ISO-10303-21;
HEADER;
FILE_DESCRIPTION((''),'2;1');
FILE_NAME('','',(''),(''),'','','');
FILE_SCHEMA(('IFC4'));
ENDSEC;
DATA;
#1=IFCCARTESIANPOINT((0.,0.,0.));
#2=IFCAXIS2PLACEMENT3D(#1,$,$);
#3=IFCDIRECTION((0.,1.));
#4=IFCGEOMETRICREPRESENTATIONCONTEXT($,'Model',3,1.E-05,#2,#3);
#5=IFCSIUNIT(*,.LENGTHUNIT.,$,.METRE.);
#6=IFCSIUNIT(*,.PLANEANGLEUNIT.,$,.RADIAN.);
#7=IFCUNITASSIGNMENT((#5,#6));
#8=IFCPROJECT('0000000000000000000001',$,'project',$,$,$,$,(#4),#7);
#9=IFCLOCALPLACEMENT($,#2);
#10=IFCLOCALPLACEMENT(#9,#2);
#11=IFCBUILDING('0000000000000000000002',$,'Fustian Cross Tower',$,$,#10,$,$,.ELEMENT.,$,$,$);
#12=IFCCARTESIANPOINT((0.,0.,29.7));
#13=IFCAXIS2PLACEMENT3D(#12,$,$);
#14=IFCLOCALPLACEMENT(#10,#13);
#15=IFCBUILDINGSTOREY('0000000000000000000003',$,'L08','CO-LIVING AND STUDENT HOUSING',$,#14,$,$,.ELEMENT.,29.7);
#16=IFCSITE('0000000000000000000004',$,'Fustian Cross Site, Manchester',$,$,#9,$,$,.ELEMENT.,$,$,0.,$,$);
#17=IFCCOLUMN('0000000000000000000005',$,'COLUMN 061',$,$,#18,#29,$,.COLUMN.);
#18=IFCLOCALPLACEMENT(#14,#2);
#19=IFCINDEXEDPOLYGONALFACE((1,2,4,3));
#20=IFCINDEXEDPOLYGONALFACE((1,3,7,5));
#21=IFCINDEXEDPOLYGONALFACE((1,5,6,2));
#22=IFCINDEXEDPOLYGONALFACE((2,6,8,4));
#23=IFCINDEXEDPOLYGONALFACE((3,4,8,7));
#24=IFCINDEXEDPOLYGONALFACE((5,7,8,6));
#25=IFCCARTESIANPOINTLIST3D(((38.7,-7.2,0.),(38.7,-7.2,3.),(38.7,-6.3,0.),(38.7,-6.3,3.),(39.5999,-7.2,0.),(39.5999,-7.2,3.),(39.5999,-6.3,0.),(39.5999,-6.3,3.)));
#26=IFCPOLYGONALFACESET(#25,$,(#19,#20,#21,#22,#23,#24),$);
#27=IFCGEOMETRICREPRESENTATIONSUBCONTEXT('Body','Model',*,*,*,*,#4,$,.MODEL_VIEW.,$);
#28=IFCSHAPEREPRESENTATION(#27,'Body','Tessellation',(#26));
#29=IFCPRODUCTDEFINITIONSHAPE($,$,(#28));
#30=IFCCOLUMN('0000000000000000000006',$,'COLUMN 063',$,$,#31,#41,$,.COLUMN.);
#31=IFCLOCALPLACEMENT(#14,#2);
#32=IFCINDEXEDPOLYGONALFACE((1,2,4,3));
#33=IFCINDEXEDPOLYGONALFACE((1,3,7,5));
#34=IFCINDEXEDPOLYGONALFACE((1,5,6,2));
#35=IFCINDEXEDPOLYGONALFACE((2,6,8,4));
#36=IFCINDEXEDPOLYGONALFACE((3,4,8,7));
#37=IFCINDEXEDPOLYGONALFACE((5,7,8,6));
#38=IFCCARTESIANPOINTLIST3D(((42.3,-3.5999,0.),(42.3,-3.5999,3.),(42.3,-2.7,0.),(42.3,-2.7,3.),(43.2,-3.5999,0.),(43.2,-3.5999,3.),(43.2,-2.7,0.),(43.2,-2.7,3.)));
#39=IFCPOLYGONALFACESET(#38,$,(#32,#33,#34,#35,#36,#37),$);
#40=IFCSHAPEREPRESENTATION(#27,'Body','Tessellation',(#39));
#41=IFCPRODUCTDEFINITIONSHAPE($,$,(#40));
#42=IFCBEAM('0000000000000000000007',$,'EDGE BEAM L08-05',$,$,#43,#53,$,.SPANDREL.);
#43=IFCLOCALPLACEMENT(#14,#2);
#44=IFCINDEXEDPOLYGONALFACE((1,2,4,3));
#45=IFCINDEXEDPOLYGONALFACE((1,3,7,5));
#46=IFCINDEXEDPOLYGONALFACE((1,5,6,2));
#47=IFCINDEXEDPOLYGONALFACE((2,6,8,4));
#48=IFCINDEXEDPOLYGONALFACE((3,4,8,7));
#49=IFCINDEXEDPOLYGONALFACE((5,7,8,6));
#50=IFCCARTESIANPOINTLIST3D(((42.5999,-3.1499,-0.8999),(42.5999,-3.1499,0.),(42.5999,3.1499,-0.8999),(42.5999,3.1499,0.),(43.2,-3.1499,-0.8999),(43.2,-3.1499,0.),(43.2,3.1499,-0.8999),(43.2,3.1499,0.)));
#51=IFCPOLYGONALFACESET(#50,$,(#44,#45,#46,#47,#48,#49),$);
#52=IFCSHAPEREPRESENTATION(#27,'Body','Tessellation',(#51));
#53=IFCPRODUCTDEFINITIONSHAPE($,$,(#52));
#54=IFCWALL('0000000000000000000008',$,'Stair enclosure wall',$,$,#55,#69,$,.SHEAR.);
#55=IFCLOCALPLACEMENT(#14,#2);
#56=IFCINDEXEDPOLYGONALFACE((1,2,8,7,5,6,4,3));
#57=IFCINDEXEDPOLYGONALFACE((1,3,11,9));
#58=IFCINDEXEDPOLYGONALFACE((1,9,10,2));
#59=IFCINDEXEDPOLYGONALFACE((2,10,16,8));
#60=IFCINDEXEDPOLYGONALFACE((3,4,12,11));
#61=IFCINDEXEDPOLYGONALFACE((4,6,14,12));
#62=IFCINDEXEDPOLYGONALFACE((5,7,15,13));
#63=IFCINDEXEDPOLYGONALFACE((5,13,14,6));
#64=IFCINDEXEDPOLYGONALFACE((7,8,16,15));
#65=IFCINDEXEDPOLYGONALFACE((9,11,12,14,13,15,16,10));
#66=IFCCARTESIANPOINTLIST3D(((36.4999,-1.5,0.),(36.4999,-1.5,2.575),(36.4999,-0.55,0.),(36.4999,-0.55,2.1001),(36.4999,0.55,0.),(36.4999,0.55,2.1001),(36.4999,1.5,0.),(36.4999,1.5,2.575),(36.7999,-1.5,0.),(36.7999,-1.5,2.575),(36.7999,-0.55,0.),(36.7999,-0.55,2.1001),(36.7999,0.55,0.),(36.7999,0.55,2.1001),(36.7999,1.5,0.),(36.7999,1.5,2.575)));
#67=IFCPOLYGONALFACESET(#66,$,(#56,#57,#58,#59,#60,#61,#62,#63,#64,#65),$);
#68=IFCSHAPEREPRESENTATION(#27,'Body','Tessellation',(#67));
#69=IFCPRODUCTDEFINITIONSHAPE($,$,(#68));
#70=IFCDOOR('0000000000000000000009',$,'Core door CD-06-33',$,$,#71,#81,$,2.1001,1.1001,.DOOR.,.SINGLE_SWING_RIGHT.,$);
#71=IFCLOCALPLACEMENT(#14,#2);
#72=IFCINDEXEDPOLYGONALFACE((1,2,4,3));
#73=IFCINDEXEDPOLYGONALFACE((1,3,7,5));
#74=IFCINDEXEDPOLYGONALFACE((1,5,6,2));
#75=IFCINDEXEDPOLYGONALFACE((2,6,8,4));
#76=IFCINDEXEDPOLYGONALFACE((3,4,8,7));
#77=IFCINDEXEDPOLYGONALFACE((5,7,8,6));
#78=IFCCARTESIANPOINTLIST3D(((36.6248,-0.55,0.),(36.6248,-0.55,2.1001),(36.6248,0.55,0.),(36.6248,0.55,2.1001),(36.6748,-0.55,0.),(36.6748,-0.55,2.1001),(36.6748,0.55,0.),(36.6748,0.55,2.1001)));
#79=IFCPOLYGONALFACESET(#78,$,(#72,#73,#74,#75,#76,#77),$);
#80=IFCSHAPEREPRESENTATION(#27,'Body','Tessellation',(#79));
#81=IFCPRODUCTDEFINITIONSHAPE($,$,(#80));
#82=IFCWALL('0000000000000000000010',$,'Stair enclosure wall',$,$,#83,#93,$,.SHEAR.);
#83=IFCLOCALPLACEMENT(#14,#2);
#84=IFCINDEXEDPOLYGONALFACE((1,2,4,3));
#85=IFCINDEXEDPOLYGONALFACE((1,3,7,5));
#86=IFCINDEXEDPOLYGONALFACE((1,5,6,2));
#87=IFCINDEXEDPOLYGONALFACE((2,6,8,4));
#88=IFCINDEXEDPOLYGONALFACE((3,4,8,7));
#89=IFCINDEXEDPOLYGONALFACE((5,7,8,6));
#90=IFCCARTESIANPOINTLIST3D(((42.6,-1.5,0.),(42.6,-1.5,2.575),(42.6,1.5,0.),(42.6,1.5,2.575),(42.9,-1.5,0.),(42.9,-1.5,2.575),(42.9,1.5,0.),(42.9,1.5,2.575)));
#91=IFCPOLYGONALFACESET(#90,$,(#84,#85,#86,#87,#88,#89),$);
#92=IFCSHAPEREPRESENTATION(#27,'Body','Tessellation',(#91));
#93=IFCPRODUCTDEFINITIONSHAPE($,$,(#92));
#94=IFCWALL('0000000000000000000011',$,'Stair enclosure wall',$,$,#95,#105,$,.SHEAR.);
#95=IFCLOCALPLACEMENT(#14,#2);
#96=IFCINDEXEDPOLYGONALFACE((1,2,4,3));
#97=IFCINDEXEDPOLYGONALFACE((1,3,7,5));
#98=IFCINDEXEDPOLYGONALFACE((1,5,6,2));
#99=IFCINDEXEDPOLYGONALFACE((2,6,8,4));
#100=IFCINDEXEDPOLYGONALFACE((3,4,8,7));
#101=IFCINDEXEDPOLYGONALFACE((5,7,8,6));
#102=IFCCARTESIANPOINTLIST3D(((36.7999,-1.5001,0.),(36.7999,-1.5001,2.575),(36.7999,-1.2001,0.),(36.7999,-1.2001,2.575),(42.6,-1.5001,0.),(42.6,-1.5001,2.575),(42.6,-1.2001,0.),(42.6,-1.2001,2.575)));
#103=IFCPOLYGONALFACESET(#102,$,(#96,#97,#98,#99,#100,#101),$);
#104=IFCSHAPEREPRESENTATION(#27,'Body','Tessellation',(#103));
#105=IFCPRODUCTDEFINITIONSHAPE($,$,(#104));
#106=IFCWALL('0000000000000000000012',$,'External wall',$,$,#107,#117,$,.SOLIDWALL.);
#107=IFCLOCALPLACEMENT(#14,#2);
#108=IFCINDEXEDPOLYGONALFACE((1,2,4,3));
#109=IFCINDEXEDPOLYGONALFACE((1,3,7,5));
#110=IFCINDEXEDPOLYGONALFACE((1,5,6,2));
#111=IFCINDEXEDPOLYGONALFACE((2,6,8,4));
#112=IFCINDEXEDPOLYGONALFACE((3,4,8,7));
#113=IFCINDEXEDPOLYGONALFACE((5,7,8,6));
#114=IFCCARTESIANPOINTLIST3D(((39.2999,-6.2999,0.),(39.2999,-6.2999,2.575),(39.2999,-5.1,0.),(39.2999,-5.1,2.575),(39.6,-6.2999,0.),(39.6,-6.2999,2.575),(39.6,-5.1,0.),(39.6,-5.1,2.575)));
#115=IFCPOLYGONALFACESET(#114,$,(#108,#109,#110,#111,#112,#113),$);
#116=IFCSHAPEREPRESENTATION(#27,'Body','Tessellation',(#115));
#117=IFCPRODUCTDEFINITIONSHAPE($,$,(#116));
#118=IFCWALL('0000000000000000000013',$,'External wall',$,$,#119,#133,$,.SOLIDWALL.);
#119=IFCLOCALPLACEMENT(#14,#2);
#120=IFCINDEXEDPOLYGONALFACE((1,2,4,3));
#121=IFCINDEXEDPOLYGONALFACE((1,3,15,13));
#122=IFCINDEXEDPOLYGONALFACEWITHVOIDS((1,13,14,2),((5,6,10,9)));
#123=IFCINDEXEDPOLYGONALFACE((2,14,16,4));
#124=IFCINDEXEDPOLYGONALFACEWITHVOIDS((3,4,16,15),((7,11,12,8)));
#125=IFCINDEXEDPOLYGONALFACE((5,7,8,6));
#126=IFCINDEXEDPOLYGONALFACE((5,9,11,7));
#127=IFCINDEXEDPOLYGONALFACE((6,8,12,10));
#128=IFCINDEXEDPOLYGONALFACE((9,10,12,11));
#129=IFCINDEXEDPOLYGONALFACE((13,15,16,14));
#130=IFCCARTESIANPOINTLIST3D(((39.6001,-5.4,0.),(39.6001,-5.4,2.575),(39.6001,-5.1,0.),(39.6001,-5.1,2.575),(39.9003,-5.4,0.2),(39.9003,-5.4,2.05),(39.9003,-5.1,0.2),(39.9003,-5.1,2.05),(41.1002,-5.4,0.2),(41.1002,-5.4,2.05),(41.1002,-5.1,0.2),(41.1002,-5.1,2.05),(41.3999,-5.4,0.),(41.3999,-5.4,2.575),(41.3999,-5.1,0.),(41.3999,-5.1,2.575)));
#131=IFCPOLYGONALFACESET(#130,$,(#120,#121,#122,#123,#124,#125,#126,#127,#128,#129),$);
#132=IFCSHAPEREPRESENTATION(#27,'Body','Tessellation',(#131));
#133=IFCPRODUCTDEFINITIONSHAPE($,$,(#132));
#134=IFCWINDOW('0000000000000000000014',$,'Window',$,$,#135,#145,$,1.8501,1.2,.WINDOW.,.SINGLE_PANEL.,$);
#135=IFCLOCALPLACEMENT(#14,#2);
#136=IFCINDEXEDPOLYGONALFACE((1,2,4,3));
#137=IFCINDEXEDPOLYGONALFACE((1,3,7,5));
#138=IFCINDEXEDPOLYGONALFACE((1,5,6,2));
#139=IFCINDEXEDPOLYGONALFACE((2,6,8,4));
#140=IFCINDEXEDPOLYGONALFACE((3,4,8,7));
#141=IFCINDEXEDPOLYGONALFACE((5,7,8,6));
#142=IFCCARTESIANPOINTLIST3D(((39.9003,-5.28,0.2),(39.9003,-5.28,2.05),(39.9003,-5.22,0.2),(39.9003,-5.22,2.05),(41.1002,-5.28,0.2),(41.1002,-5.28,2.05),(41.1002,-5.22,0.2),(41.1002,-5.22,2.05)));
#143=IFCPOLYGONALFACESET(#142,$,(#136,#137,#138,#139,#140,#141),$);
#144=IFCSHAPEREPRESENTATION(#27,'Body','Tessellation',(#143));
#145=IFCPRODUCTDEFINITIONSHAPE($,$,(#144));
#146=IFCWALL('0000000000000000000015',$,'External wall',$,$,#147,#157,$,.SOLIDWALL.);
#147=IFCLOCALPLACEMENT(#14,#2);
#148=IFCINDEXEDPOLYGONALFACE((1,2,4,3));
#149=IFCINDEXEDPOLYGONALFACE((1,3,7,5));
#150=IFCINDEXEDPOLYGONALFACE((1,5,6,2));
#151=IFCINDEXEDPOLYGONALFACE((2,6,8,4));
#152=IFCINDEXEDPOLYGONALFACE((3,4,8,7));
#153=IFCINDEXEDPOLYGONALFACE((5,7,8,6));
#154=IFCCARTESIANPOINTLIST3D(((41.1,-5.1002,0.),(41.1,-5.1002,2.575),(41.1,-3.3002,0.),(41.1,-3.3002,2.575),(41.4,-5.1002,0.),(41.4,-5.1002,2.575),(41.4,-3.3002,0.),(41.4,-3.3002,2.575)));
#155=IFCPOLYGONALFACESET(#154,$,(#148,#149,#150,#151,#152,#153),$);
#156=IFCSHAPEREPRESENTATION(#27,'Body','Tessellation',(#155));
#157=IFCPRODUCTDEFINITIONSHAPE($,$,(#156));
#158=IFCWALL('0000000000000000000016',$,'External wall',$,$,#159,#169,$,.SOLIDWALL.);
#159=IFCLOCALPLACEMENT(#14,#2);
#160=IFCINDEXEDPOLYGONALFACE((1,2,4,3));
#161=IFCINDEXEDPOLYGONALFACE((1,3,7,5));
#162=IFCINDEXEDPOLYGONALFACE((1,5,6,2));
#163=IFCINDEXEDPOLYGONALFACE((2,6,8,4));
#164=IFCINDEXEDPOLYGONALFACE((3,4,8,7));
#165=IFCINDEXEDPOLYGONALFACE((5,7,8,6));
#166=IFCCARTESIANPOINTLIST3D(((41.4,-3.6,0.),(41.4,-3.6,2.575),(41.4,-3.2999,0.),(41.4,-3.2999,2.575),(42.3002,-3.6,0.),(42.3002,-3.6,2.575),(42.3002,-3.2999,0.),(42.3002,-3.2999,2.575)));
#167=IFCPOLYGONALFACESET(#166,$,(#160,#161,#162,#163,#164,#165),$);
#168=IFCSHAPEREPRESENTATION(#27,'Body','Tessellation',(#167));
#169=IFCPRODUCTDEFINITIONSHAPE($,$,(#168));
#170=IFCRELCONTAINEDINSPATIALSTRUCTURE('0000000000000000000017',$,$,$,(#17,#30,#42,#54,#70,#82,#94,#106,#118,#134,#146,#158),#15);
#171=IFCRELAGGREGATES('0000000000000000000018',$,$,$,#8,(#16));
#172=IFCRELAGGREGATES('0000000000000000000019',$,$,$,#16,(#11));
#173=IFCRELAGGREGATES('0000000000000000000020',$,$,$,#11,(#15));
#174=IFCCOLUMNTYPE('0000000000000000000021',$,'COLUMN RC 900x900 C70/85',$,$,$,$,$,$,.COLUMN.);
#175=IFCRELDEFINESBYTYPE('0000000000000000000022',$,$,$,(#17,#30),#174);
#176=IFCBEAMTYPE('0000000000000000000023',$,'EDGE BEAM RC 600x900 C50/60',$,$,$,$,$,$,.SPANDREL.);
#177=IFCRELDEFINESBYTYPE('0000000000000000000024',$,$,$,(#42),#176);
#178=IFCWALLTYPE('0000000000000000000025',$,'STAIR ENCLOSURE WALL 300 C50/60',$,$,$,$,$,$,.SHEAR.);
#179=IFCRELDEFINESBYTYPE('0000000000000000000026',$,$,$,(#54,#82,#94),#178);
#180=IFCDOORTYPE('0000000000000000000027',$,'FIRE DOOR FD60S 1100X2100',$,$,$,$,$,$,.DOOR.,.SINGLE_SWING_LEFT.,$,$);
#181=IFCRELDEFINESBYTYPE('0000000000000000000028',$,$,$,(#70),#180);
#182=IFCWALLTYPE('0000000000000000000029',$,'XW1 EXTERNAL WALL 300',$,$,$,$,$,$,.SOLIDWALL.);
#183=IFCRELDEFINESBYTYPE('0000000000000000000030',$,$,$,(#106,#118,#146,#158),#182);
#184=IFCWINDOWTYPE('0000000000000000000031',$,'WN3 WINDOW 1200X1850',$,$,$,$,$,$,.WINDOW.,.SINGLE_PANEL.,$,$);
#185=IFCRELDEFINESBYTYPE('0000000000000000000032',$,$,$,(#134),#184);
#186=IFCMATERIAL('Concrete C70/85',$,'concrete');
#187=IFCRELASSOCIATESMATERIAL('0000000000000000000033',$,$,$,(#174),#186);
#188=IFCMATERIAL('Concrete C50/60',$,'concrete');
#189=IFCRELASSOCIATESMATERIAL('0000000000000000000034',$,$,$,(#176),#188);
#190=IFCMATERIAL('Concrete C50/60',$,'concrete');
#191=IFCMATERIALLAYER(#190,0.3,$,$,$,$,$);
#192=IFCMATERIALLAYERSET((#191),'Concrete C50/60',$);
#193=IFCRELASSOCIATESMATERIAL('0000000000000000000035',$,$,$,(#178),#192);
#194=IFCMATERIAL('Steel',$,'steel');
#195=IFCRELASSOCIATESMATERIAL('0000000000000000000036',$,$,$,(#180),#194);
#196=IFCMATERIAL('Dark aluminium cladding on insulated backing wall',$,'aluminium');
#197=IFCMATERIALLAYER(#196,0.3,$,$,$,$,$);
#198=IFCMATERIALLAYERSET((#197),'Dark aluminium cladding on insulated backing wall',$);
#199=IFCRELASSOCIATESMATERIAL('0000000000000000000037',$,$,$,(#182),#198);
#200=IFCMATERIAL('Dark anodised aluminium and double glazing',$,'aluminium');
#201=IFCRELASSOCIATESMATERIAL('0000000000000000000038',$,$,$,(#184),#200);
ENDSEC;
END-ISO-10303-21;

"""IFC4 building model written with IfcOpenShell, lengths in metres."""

from ifc_helpers import new_model, si_unit, direction, frame, frame_2d, origin, origin_2d, place, context, subcontext, project, spatial, rectangle, extrude, material, layer, layer_set, material_profile, profile_set, type_object, element, fill, save


model = new_model("IFC4")

# Units and contexts
model_context = context("Model", 3, precision=1e-05, world=origin(), true_north=direction((0.0, 1.0)))
body_context = subcontext(model_context, "Body", "Model", "MODEL_VIEW")
ifc_project = project(units=[si_unit("LENGTHUNIT", "METRE"), si_unit("PLANEANGLEUNIT", "RADIAN")], contexts=[model_context])

# Site, building, storey
site_placement = place(None, origin())
site = spatial("IfcSite", under=ifc_project, at=site_placement, Name="Fustian Cross Site, Manchester", CompositionType="ELEMENT", RefElevation=0.0)
building_placement = place(site_placement, origin())
building = spatial("IfcBuilding", under=site, at=building_placement, Name="Fustian Cross Tower", CompositionType="ELEMENT")
storey_placement = place(building_placement, frame((0.0, 0.0, 29.7)))
storey = spatial("IfcBuildingStorey", under=building, at=storey_placement, Name="L08", Description="CO-LIVING AND STUDENT HOUSING", CompositionType="ELEMENT", Elevation=29.7)

# Columns
ifc_material_1 = material(Name="Concrete C70/85", Category="concrete")
ifc_material_profile_1 = material_profile(ifc_material_1, rectangle(XDim=0.8999, YDim=0.8999, at=origin_2d()), Name="RC 900x900")
ifc_profile_set_1 = profile_set([ifc_material_profile_1], Name="Concrete C70/85")
column_type = type_object("IfcColumnType", Name="COLUMN RC 900x900 C70/85", PredefinedType="COLUMN", material=ifc_profile_set_1)
for number, where, z_axis, x_axis, name in (
    (1, (39.1499, -6.75, 0.0), (0.0, 0.0, 1.0), (1.0, 0.0, 0.0), "COLUMN 061"),
    (2, (42.75, -3.1499, 0.0), (0.0, 0.0, 1.0), (1.0, 0.0, 0.0), "COLUMN 063"),
):
    element("IfcColumn", number, at=place(storey_placement, frame(where, z_axis=z_axis, x_axis=x_axis)), inside=storey, type_object=column_type, Name=name, PredefinedType="COLUMN", context=body_context, shape_type="SweptSolid", body=[
        extrude(rectangle(XDim=0.8999, YDim=0.8999, at=origin_2d()), origin(), (0.0, 0.0, 1.0), 3.0),
    ])

# Beam
ifc_material_2 = material(Name="Concrete C50/60", Category="concrete")
ifc_material_profile_2 = material_profile(ifc_material_2, rectangle(XDim=0.6001, YDim=0.8999, at=origin_2d()), Name="RC 600x900")
ifc_profile_set_2 = profile_set([ifc_material_profile_2], Name="Concrete C50/60")
beam_type = type_object("IfcBeamType", Name="EDGE BEAM RC 600x900 C50/60", PredefinedType="SPANDREL", material=ifc_profile_set_2)
beam_placement = place(storey_placement, frame((42.8999, -3.1499, -0.45), z_axis=(0.0, 1.0, 0.0), x_axis=(-1.0, 0.0, 0.0)))
element("IfcBeam", 3, at=beam_placement, inside=storey, type_object=beam_type, Name="EDGE BEAM L08-05", PredefinedType="SPANDREL", context=body_context, shape_type="SweptSolid", body=[
    extrude(rectangle(XDim=0.6001, YDim=0.8999, at=origin_2d()), origin(), (0.0, 0.0, 1.0), 6.2998),
])

# Wall, opening, door
ifc_material_3 = material(Name="Concrete C50/60", Category="concrete")
ifc_layer_1 = layer(ifc_material_3, 0.3)
ifc_layer_set_1 = layer_set([ifc_layer_1], Name="Concrete C50/60")
wall_type_1 = type_object("IfcWallType", Name="STAIR ENCLOSURE WALL 300 C50/60", PredefinedType="SHEAR", material=ifc_layer_set_1)
wall_1_placement = place(storey_placement, frame((36.6499, -1.5, 0.0), z_axis=(0.0, 0.0, 1.0), x_axis=(0.0, 1.0, 0.0)))
wall_1 = element("IfcWall", 4, at=wall_1_placement, inside=storey, type_object=wall_type_1, Name="Stair enclosure wall", PredefinedType="SHEAR", context=body_context, shape_type="SweptSolid", body=[
    extrude(rectangle(XDim=3.0, YDim=0.3, at=frame_2d((1.5, 0.0))), origin(), (0.0, 0.0, 1.0), 2.575),
])
opening_1_placement = place(wall_1_placement, frame((0.95, 0.0, 0.0)))
opening_1 = element("IfcOpeningElement", 5, at=opening_1_placement, cuts=wall_1, PredefinedType="OPENING", context=body_context, shape_type="SweptSolid", body=[
    extrude(rectangle(XDim=1.1001, YDim=2.1001, at=frame_2d((0.55, 1.05))), frame((0.0, 0.1599, 0.0), z_axis=(0.0, -1.0, 0.0), x_axis=(1.0, 0.0, 0.0)), (0.0, 0.0, 1.0), 0.3201),
])
ifc_material_4 = material(Name="Steel", Category="steel")
door_type = type_object("IfcDoorType", Name="FIRE DOOR FD60S 1100X2100", OperationType="SINGLE_SWING_LEFT", PredefinedType="DOOR", material=ifc_material_4)
door_placement = place(opening_1_placement, frame((1.1001, 0.0, 0.0), z_axis=(0.0, 0.0, 1.0), x_axis=(-1.0, 0.0, 0.0)))
door = element("IfcDoor", 6, at=door_placement, inside=storey, type_object=door_type, Name="Core door CD-06-33", OperationType="SINGLE_SWING_RIGHT", OverallHeight=2.1001, OverallWidth=1.1001, PredefinedType="DOOR", context=body_context, shape_type="SweptSolid", body=[
    extrude(rectangle(XDim=1.1001, YDim=2.1001, at=frame_2d((0.55, 1.05))), frame((0.0, 0.0249, 0.0), z_axis=(0.0, -1.0, 0.0), x_axis=(1.0, 0.0, 0.0)), (0.0, 0.0, 1.0), 0.05),
])
fill(opening_1, door)

# Walls
wall_2_placement = place(storey_placement, frame((42.75, -1.5, 0.0), z_axis=(0.0, 0.0, 1.0), x_axis=(0.0, 1.0, 0.0)))
element("IfcWall", 7, at=wall_2_placement, inside=storey, type_object=wall_type_1, Name="Stair enclosure wall", PredefinedType="SHEAR", context=body_context, shape_type="SweptSolid", body=[
    extrude(rectangle(XDim=3.0, YDim=0.3, at=frame_2d((1.5, 0.0))), origin(), (0.0, 0.0, 1.0), 2.575),
])
wall_3_placement = place(storey_placement, frame((36.8, -1.3501, 0.0), z_axis=(0.0, 0.0, 1.0), x_axis=(1.0, 0.0, 0.0)))
element("IfcWall", 8, at=wall_3_placement, inside=storey, type_object=wall_type_1, Name="Stair enclosure wall", PredefinedType="SHEAR", context=body_context, shape_type="SweptSolid", body=[
    extrude(rectangle(XDim=5.8, YDim=0.3, at=frame_2d((2.8999, 0.0))), origin(), (0.0, 0.0, 1.0), 2.575),
])
ifc_material_5 = material(Name="Dark aluminium cladding on insulated backing wall", Category="aluminium")
ifc_layer_2 = layer(ifc_material_5, 0.3)
ifc_layer_set_2 = layer_set([ifc_layer_2], Name="Dark aluminium cladding on insulated backing wall")
wall_type_2 = type_object("IfcWallType", Name="XW1 EXTERNAL WALL 300", PredefinedType="SOLIDWALL", material=ifc_layer_set_2)
wall_4_placement = place(storey_placement, frame((39.45, -6.3, 0.0), z_axis=(0.0, 0.0, 1.0), x_axis=(0.0, 1.0, 0.0)))
element("IfcWall", 9, at=wall_4_placement, inside=storey, type_object=wall_type_2, Name="External wall", PredefinedType="SOLIDWALL", context=body_context, shape_type="SweptSolid", body=[
    extrude(rectangle(XDim=1.2, YDim=0.3, at=frame_2d((0.6001, 0.0))), origin(), (0.0, 0.0, 1.0), 2.575),
])

# Wall, opening, window
wall_5_placement = place(storey_placement, frame((39.6001, -5.25, 0.0), z_axis=(0.0, 0.0, 1.0), x_axis=(1.0, 0.0, 0.0)))
wall_5 = element("IfcWall", 10, at=wall_5_placement, inside=storey, type_object=wall_type_2, Name="External wall", PredefinedType="SOLIDWALL", context=body_context, shape_type="SweptSolid", body=[
    extrude(rectangle(XDim=1.7998, YDim=0.3, at=frame_2d((0.8999, 0.0))), origin(), (0.0, 0.0, 1.0), 2.575),
])
opening_2_placement = place(wall_5_placement, frame((0.3, 0.0, 0.2)))
opening_2 = element("IfcOpeningElement", 11, at=opening_2_placement, cuts=wall_5, PredefinedType="OPENING", context=body_context, shape_type="SweptSolid", body=[
    extrude(rectangle(XDim=1.2, YDim=1.8501, at=frame_2d((0.6001, 0.925))), frame((0.0, 0.1599, 0.0), z_axis=(0.0, -1.0, 0.0), x_axis=(1.0, 0.0, 0.0)), (0.0, 0.0, 1.0), 0.3201),
])
ifc_material_6 = material(Name="Dark anodised aluminium and double glazing", Category="aluminium")
window_type_1 = type_object("IfcWindowType", Name="WN3 WINDOW 1200X1850", PartitioningType="SINGLE_PANEL", PredefinedType="WINDOW", material=ifc_material_6)
window_1_placement = place(opening_2_placement, origin())
window_1 = element("IfcWindow", 12, at=window_1_placement, inside=storey, type_object=window_type_1, Name="Window", OverallHeight=1.8501, OverallWidth=1.2, PartitioningType="SINGLE_PANEL", PredefinedType="WINDOW", context=body_context, shape_type="SweptSolid", body=[
    extrude(rectangle(XDim=1.2, YDim=1.8501, at=frame_2d((0.6001, 0.925))), frame((0.0, 0.03, 0.0), z_axis=(0.0, -1.0, 0.0), x_axis=(1.0, 0.0, 0.0)), (0.0, 0.0, 1.0), 0.0601),
])
fill(opening_2, window_1)

# Walls
wall_6_placement = place(storey_placement, frame((41.25, -5.1001, 0.0), z_axis=(0.0, 0.0, 1.0), x_axis=(0.0, 1.0, 0.0)))
element("IfcWall", 13, at=wall_6_placement, inside=storey, type_object=wall_type_2, Name="External wall", PredefinedType="SOLIDWALL", context=body_context, shape_type="SweptSolid", body=[
    extrude(rectangle(XDim=1.8, YDim=0.3, at=frame_2d((0.8999, 0.0))), origin(), (0.0, 0.0, 1.0), 2.575),
])
wall_7_placement = place(storey_placement, frame((41.3999, -3.45, 0.0), z_axis=(0.0, 0.0, 1.0), x_axis=(1.0, 0.0, 0.0)))
element("IfcWall", 14, at=wall_7_placement, inside=storey, type_object=wall_type_2, Name="External wall", PredefinedType="SOLIDWALL", context=body_context, shape_type="SweptSolid", body=[
    extrude(rectangle(XDim=0.9001, YDim=0.3, at=frame_2d((0.4502, 0.0))), origin(), (0.0, 0.0, 1.0), 2.575),
])

save(model, "model.ifc")
